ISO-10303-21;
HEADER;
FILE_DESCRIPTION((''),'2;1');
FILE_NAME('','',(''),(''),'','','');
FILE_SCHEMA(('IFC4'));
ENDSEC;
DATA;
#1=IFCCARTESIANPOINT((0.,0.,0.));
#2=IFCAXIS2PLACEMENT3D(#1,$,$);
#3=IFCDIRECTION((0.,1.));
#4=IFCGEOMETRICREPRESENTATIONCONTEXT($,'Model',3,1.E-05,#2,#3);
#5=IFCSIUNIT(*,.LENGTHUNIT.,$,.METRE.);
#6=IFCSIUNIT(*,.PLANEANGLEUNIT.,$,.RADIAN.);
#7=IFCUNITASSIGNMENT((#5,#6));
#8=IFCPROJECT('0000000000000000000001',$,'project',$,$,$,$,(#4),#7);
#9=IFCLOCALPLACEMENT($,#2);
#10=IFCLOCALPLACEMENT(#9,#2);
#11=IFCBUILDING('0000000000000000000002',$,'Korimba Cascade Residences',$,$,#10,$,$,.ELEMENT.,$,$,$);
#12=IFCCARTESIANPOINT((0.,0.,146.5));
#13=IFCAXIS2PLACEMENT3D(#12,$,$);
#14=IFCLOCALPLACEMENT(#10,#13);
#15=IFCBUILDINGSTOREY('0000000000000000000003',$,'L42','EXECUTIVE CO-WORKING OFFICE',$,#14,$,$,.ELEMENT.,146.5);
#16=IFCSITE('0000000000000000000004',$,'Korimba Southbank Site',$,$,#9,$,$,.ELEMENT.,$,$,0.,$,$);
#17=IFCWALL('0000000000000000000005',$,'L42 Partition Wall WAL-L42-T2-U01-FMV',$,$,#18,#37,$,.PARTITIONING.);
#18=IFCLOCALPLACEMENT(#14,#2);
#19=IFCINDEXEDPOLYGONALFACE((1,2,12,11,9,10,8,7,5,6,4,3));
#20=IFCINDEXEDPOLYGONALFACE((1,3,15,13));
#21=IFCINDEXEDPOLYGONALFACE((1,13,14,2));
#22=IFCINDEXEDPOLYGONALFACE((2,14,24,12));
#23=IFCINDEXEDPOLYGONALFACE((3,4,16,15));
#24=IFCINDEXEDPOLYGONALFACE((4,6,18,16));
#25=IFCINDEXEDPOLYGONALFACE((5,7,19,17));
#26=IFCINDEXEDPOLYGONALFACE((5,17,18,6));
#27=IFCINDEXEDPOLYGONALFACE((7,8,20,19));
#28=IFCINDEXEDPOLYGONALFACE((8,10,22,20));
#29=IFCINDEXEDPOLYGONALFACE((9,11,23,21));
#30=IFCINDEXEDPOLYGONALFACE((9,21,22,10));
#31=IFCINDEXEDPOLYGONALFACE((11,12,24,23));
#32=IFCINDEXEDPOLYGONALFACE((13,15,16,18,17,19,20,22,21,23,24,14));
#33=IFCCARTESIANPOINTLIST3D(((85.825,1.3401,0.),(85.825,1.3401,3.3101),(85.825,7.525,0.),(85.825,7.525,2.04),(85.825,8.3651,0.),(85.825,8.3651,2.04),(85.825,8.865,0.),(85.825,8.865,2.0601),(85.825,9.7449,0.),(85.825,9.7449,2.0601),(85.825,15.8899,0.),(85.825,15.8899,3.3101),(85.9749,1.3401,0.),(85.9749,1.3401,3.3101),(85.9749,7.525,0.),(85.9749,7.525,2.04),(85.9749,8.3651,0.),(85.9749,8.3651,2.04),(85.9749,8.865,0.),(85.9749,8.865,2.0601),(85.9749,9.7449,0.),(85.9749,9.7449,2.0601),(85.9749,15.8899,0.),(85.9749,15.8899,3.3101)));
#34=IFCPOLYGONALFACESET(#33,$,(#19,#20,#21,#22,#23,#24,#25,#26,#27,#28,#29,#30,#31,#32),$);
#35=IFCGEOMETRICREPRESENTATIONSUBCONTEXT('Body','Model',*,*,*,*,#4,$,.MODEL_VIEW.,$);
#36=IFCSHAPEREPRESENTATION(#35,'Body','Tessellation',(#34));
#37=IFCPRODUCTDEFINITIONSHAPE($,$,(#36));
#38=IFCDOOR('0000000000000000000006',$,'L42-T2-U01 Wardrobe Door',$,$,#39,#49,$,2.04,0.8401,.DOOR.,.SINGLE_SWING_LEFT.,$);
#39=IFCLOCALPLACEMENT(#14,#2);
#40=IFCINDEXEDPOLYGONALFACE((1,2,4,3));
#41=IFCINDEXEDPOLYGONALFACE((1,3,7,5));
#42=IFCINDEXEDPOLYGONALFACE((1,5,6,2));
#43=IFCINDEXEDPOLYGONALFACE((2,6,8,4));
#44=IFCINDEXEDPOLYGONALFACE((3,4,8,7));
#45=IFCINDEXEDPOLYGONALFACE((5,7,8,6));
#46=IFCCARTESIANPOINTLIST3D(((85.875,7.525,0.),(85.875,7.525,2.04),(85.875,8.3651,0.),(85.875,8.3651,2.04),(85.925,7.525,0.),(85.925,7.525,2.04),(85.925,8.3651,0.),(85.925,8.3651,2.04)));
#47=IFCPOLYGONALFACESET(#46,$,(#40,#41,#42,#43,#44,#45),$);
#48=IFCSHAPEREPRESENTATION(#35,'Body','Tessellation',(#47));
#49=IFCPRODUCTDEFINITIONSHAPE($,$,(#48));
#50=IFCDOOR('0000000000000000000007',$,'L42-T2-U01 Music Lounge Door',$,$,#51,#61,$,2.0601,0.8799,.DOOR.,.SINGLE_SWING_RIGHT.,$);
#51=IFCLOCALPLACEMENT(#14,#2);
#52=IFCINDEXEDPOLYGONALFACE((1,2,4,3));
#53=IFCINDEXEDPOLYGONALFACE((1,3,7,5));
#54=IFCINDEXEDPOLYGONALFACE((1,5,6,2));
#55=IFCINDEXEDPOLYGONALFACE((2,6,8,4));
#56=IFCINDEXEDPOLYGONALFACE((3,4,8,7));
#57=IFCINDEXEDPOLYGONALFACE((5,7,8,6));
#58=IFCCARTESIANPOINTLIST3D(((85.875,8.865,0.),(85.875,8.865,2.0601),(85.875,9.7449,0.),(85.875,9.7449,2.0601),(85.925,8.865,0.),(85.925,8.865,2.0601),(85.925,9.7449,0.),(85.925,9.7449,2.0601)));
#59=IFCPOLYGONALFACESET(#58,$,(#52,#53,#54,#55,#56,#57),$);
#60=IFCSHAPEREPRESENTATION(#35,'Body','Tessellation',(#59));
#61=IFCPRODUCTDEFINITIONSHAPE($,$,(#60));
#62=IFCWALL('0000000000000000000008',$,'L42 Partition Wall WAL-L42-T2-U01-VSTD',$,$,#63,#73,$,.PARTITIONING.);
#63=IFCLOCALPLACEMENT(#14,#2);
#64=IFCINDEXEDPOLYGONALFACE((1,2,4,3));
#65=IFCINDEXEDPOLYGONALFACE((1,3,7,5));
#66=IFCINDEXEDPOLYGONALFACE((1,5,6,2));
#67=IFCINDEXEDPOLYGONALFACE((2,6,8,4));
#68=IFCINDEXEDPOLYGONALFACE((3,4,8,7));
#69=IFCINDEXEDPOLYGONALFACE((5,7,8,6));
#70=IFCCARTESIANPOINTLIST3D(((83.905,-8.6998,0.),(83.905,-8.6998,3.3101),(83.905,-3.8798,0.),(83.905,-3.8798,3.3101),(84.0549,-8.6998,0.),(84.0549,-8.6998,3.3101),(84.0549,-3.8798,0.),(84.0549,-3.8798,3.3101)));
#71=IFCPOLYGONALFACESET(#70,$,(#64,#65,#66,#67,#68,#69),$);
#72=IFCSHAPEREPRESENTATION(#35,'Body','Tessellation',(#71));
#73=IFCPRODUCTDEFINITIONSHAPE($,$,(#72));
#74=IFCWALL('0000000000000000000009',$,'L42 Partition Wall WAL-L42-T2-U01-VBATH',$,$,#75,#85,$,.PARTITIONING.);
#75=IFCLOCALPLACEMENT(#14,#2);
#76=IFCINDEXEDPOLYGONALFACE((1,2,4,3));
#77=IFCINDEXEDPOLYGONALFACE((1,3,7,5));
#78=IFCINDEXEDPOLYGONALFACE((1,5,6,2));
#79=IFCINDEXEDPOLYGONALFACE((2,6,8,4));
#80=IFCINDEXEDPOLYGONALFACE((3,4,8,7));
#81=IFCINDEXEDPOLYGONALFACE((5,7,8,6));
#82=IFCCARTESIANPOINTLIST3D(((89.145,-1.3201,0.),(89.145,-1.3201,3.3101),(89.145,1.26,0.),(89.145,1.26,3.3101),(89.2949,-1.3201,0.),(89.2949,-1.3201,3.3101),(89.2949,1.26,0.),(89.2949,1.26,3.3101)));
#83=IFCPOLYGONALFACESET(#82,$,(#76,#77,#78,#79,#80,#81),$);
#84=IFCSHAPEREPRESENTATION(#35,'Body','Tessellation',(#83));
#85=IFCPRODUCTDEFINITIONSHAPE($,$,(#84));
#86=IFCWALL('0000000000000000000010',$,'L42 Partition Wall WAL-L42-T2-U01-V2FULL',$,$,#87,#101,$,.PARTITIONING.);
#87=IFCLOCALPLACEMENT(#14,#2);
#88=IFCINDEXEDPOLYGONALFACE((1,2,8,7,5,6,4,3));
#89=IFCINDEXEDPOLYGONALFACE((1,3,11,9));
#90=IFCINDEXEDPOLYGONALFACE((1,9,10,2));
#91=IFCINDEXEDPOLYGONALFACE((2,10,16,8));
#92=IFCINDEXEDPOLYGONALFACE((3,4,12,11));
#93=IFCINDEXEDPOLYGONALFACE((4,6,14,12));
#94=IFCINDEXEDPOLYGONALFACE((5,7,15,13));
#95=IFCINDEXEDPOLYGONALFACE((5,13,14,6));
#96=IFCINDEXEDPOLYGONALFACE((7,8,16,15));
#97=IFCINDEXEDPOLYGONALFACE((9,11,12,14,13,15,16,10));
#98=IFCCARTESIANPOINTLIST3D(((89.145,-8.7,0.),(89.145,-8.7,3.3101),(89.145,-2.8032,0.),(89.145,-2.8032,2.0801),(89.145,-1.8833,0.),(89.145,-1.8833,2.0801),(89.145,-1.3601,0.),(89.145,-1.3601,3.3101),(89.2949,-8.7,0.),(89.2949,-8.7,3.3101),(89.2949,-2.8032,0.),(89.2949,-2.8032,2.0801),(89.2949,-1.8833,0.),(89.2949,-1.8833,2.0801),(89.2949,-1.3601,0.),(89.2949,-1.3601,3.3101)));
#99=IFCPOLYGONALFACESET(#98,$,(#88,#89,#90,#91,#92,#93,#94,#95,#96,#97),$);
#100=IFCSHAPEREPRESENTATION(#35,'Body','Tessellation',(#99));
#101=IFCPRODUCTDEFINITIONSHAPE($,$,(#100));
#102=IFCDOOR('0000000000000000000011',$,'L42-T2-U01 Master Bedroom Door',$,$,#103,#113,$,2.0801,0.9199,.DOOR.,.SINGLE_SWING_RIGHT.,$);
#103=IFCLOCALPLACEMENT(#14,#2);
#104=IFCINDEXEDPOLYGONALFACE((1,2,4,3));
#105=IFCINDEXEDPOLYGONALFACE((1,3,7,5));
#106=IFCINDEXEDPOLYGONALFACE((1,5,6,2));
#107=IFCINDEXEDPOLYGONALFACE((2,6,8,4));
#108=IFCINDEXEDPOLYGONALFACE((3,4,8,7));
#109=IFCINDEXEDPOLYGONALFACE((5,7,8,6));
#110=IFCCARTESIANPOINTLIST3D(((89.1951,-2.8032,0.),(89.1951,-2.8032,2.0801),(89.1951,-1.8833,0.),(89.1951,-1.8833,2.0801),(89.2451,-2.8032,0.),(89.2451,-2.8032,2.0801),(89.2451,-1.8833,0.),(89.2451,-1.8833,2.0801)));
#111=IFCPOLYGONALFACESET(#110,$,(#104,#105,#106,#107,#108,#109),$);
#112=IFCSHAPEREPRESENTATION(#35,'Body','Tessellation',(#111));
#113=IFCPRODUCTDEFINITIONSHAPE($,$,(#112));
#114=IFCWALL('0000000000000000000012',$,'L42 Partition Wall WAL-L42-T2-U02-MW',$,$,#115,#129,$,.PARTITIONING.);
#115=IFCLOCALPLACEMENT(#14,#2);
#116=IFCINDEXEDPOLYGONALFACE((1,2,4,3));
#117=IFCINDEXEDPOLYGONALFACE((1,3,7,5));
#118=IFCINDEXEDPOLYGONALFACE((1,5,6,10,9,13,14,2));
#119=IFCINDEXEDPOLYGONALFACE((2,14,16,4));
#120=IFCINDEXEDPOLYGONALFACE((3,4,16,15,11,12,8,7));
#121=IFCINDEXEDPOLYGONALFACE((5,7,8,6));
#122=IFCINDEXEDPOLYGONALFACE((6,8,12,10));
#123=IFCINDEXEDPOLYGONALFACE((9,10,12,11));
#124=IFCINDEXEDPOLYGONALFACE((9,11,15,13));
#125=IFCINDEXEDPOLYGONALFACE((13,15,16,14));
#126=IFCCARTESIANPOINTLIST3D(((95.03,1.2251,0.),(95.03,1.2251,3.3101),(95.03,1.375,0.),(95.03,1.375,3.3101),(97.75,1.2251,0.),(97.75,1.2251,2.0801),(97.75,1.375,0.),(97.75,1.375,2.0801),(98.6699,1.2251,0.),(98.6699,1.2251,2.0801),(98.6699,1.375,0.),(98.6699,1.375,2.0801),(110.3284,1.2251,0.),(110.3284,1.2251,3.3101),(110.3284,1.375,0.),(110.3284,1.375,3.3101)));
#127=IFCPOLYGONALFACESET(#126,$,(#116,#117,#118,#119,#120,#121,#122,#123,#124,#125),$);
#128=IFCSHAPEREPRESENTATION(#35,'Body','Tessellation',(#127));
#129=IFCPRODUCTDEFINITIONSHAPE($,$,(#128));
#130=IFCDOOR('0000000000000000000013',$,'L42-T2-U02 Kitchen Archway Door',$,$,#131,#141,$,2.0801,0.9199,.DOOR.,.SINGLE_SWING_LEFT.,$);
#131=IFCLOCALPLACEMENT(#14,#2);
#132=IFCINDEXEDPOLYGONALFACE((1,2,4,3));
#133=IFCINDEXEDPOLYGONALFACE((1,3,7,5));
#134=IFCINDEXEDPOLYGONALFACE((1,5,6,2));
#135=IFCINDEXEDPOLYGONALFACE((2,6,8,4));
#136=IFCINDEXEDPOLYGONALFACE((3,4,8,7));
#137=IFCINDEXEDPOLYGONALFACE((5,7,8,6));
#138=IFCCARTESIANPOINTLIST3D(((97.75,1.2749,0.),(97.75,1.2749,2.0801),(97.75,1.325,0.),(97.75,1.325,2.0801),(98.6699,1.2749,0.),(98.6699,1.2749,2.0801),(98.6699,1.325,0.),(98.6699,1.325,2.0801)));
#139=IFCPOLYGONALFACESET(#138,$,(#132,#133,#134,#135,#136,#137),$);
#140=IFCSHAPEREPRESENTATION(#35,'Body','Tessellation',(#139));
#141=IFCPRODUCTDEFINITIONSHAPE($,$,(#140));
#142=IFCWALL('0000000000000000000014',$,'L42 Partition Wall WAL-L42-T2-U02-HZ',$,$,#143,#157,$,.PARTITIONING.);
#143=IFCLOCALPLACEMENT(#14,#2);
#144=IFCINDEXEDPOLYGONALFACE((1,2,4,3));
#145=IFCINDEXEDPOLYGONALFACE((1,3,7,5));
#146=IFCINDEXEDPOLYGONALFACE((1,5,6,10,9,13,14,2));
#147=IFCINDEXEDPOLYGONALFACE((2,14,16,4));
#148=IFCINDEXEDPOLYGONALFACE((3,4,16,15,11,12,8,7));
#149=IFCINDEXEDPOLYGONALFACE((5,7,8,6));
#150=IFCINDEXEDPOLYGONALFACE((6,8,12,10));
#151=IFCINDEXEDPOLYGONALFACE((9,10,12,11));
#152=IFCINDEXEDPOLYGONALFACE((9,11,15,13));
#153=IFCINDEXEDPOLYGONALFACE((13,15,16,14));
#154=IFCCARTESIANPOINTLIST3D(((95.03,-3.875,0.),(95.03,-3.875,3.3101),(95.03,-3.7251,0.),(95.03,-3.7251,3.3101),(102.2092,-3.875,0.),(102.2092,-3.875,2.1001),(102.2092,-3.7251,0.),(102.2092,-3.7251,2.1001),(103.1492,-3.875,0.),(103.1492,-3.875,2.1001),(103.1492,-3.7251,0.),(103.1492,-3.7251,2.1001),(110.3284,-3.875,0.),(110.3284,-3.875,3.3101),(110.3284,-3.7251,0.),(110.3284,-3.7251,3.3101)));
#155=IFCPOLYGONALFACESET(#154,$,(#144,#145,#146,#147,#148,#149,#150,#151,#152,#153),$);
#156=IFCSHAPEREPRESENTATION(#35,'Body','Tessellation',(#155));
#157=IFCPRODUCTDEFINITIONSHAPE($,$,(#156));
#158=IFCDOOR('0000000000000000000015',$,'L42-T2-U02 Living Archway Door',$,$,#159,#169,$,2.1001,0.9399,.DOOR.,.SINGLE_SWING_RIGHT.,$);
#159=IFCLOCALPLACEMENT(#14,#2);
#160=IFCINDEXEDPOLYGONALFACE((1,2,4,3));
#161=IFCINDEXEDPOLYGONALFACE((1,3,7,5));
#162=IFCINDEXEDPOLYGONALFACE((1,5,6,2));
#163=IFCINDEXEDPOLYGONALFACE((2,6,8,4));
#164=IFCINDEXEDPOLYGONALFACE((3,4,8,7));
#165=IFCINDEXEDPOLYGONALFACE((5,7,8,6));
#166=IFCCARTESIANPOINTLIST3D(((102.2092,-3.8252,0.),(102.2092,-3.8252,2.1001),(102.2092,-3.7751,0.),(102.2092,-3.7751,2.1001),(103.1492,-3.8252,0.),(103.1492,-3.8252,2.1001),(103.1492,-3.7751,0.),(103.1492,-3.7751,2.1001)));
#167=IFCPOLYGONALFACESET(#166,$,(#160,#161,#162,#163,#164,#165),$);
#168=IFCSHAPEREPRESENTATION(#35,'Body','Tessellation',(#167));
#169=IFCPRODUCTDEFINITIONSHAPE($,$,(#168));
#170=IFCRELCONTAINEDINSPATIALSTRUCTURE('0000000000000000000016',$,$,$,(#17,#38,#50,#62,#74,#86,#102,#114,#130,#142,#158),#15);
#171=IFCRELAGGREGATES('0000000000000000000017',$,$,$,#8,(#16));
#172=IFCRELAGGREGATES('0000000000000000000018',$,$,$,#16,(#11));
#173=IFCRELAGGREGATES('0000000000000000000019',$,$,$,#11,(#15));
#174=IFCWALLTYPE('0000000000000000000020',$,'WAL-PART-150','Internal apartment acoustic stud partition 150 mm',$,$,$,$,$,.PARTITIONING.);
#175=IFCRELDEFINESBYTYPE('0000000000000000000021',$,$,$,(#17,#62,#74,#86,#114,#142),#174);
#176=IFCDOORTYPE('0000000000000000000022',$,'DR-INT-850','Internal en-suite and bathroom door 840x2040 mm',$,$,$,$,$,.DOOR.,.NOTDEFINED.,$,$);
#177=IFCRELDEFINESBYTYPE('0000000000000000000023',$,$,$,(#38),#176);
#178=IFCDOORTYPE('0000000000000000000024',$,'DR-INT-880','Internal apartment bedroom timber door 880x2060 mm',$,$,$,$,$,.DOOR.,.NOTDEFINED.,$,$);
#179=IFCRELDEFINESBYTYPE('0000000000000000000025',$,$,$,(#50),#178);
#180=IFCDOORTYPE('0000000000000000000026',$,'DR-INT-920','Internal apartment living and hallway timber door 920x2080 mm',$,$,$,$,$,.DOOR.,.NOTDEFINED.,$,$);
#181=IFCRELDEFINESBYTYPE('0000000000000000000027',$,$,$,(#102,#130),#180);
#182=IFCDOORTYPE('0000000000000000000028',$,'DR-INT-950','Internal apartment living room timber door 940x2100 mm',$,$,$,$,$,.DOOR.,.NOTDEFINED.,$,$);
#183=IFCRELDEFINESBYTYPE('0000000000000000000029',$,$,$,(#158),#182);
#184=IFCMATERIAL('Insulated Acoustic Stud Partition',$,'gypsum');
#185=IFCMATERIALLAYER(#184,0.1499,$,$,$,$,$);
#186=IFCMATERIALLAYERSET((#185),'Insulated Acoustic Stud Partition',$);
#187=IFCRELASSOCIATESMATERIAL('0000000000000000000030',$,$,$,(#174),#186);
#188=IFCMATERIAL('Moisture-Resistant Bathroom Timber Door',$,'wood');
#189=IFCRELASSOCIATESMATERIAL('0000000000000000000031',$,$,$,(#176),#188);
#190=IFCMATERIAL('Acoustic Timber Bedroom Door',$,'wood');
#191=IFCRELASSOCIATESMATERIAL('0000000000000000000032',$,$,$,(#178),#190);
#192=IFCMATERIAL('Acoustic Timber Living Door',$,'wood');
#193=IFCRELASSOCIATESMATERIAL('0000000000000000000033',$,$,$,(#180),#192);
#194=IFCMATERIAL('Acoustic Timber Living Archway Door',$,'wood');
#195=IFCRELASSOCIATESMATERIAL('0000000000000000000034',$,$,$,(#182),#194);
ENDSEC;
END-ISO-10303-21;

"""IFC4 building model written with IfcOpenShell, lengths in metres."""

from ifc_helpers import new_model, si_unit, direction, frame, frame_2d, origin, place, context, subcontext, project, spatial, rectangle, extrude, material, layer, layer_set, type_object, element, fill, save


model = new_model("IFC4")

# Units and contexts
model_context = context("Model", 3, precision=1e-05, world=origin(), true_north=direction((0.0, 1.0)))
body_context = subcontext(model_context, "Body", "Model", "MODEL_VIEW")
ifc_project = project(units=[si_unit("LENGTHUNIT", "METRE"), si_unit("PLANEANGLEUNIT", "RADIAN")], contexts=[model_context])

# Site, building, storey
site_placement = place(None, origin())
site = spatial("IfcSite", under=ifc_project, at=site_placement, Name="Korimba Southbank Site", CompositionType="ELEMENT", RefElevation=0.0)
building_placement = place(site_placement, origin())
building = spatial("IfcBuilding", under=site, at=building_placement, Name="Korimba Cascade Residences", CompositionType="ELEMENT")
storey_placement = place(building_placement, frame((0.0, 0.0, 146.5)))
storey = spatial("IfcBuildingStorey", under=building, at=storey_placement, Name="L42", Description="EXECUTIVE CO-WORKING OFFICE", CompositionType="ELEMENT", Elevation=146.5)

# Wall, openings, doors
ifc_material_1 = material(Name="Insulated Acoustic Stud Partition", Category="gypsum")
ifc_layer_1 = layer(ifc_material_1, 0.1499)
ifc_layer_set_1 = layer_set([ifc_layer_1], Name="Insulated Acoustic Stud Partition")
wall_type_1 = type_object("IfcWallType", Name="WAL-PART-150", Description="Internal apartment acoustic stud partition 150 mm", PredefinedType="PARTITIONING", material=ifc_layer_set_1)
wall_1_placement = place(storey_placement, frame((85.8999, 1.3401, 0.0), z_axis=(0.0, 0.0, 1.0), x_axis=(0.0, 1.0, 0.0)))
wall_1 = element("IfcWall", 1, at=wall_1_placement, inside=storey, type_object=wall_type_1, Name="L42 Partition Wall WAL-L42-T2-U01-FMV", PredefinedType="PARTITIONING", context=body_context, shape_type="SweptSolid", body=[
    extrude(rectangle(XDim=14.5498, YDim=0.1499, at=frame_2d((7.2749, 0.0))), origin(), (0.0, 0.0, 1.0), 3.3101),
])
opening_1_placement = place(wall_1_placement, frame((6.1851, 0.0, 0.0)))
opening_1 = element("IfcOpeningElement", 2, at=opening_1_placement, cuts=wall_1, PredefinedType="OPENING", context=body_context, shape_type="SweptSolid", body=[
    extrude(rectangle(XDim=0.8401, YDim=2.04, at=frame_2d((0.4199, 1.02))), frame((0.0, 0.085, 0.0), z_axis=(0.0, -1.0, 0.0), x_axis=(1.0, 0.0, 0.0)), (0.0, 0.0, 1.0), 0.1699),
])
opening_2_placement = place(wall_1_placement, frame((7.5249, 0.0, 0.0)))
opening_2 = element("IfcOpeningElement", 3, at=opening_2_placement, cuts=wall_1, PredefinedType="OPENING", context=body_context, shape_type="SweptSolid", body=[
    extrude(rectangle(XDim=0.8799, YDim=2.0601, at=frame_2d((0.4399, 1.03))), frame((0.0, 0.085, 0.0), z_axis=(0.0, -1.0, 0.0), x_axis=(1.0, 0.0, 0.0)), (0.0, 0.0, 1.0), 0.1699),
])
ifc_material_2 = material(Name="Moisture-Resistant Bathroom Timber Door", Category="wood")
door_type_1 = type_object("IfcDoorType", Name="DR-INT-850", Description="Internal en-suite and bathroom door 840x2040 mm", OperationType="NOTDEFINED", PredefinedType="DOOR", material=ifc_material_2)
door_1_placement = place(opening_1_placement, origin())
door_1 = element("IfcDoor", 4, at=door_1_placement, inside=storey, type_object=door_type_1, Name="L42-T2-U01 Wardrobe Door", OperationType="SINGLE_SWING_LEFT", OverallHeight=2.04, OverallWidth=0.8401, PredefinedType="DOOR", context=body_context, shape_type="SweptSolid", body=[
    extrude(rectangle(XDim=0.8401, YDim=2.04, at=frame_2d((0.4199, 1.02))), frame((0.0, 0.0249, 0.0), z_axis=(0.0, -1.0, 0.0), x_axis=(1.0, 0.0, 0.0)), (0.0, 0.0, 1.0), 0.05),
])
fill(opening_1, door_1)
ifc_material_3 = material(Name="Acoustic Timber Bedroom Door", Category="wood")
door_type_2 = type_object("IfcDoorType", Name="DR-INT-880", Description="Internal apartment bedroom timber door 880x2060 mm", OperationType="NOTDEFINED", PredefinedType="DOOR", material=ifc_material_3)
door_2_placement = place(opening_2_placement, origin())
door_2 = element("IfcDoor", 5, at=door_2_placement, inside=storey, type_object=door_type_2, Name="L42-T2-U01 Music Lounge Door", OperationType="SINGLE_SWING_RIGHT", OverallHeight=2.0601, OverallWidth=0.8799, PredefinedType="DOOR", context=body_context, shape_type="SweptSolid", body=[
    extrude(rectangle(XDim=0.8799, YDim=2.0601, at=frame_2d((0.4399, 1.03))), frame((0.0, 0.0249, 0.0), z_axis=(0.0, -1.0, 0.0), x_axis=(1.0, 0.0, 0.0)), (0.0, 0.0, 1.0), 0.05),
])
fill(opening_2, door_2)

# Walls
wall_2_placement = place(storey_placement, frame((83.98, -8.7, 0.0), z_axis=(0.0, 0.0, 1.0), x_axis=(0.0, 1.0, 0.0)))
element("IfcWall", 6, at=wall_2_placement, inside=storey, type_object=wall_type_1, Name="L42 Partition Wall WAL-L42-T2-U01-VSTD", PredefinedType="PARTITIONING", context=body_context, shape_type="SweptSolid", body=[
    extrude(rectangle(XDim=4.8201, YDim=0.1499, at=frame_2d((2.4102, 0.0))), origin(), (0.0, 0.0, 1.0), 3.3101),
])
wall_3_placement = place(storey_placement, frame((89.22, -1.3201, 0.0), z_axis=(0.0, 0.0, 1.0), x_axis=(0.0, 1.0, 0.0)))
element("IfcWall", 7, at=wall_3_placement, inside=storey, type_object=wall_type_1, Name="L42 Partition Wall WAL-L42-T2-U01-VBATH", PredefinedType="PARTITIONING", context=body_context, shape_type="SweptSolid", body=[
    extrude(rectangle(XDim=2.5801, YDim=0.1499, at=frame_2d((1.29, 0.0))), origin(), (0.0, 0.0, 1.0), 3.3101),
])

# Walls, openings, doors
wall_4_placement = place(storey_placement, frame((89.22, -8.7, 0.0), z_axis=(0.0, 0.0, 1.0), x_axis=(0.0, 1.0, 0.0)))
wall_4 = element("IfcWall", 8, at=wall_4_placement, inside=storey, type_object=wall_type_1, Name="L42 Partition Wall WAL-L42-T2-U01-V2FULL", PredefinedType="PARTITIONING", context=body_context, shape_type="SweptSolid", body=[
    extrude(rectangle(XDim=7.3398, YDim=0.1499, at=frame_2d((3.6699, 0.0))), origin(), (0.0, 0.0, 1.0), 3.3101),
])
opening_3_placement = place(wall_4_placement, frame((5.8967, 0.0, 0.0)))
opening_3 = element("IfcOpeningElement", 9, at=opening_3_placement, cuts=wall_4, PredefinedType="OPENING", context=body_context, shape_type="SweptSolid", body=[
    extrude(rectangle(XDim=0.9199, YDim=2.0801, at=frame_2d((0.46, 1.04))), frame((0.0, 0.085, 0.0), z_axis=(0.0, -1.0, 0.0), x_axis=(1.0, 0.0, 0.0)), (0.0, 0.0, 1.0), 0.1699),
])
ifc_material_4 = material(Name="Acoustic Timber Living Door", Category="wood")
door_type_3 = type_object("IfcDoorType", Name="DR-INT-920", Description="Internal apartment living and hallway timber door 920x2080 mm", OperationType="NOTDEFINED", PredefinedType="DOOR", material=ifc_material_4)
door_3_placement = place(opening_3_placement, origin())
door_3 = element("IfcDoor", 10, at=door_3_placement, inside=storey, type_object=door_type_3, Name="L42-T2-U01 Master Bedroom Door", OperationType="SINGLE_SWING_RIGHT", OverallHeight=2.0801, OverallWidth=0.9199, PredefinedType="DOOR", context=body_context, shape_type="SweptSolid", body=[
    extrude(rectangle(XDim=0.9199, YDim=2.0801, at=frame_2d((0.46, 1.04))), frame((0.0, 0.0249, 0.0), z_axis=(0.0, -1.0, 0.0), x_axis=(1.0, 0.0, 0.0)), (0.0, 0.0, 1.0), 0.05),
])
fill(opening_3, door_3)
wall_5_placement = place(storey_placement, frame((95.03, 1.3, 0.0), z_axis=(0.0, 0.0, 1.0), x_axis=(1.0, 0.0, 0.0)))
wall_5 = element("IfcWall", 11, at=wall_5_placement, inside=storey, type_object=wall_type_1, Name="L42 Partition Wall WAL-L42-T2-U02-MW", PredefinedType="PARTITIONING", context=body_context, shape_type="SweptSolid", body=[
    extrude(rectangle(XDim=15.2983, YDim=0.1499, at=frame_2d((7.6492, 0.0))), origin(), (0.0, 0.0, 1.0), 3.3101),
])
opening_4_placement = place(wall_5_placement, frame((2.72, 0.0, 0.0)))
opening_4 = element("IfcOpeningElement", 12, at=opening_4_placement, cuts=wall_5, PredefinedType="OPENING", context=body_context, shape_type="SweptSolid", body=[
    extrude(rectangle(XDim=0.9199, YDim=2.0801, at=frame_2d((0.46, 1.04))), frame((0.0, 0.085, 0.0), z_axis=(0.0, -1.0, 0.0), x_axis=(1.0, 0.0, 0.0)), (0.0, 0.0, 1.0), 0.1699),
])
door_4_placement = place(opening_4_placement, origin())
door_4 = element("IfcDoor", 13, at=door_4_placement, inside=storey, type_object=door_type_3, Name="L42-T2-U02 Kitchen Archway Door", OperationType="SINGLE_SWING_LEFT", OverallHeight=2.0801, OverallWidth=0.9199, PredefinedType="DOOR", context=body_context, shape_type="SweptSolid", body=[
    extrude(rectangle(XDim=0.9199, YDim=2.0801, at=frame_2d((0.46, 1.04))), frame((0.0, 0.0249, 0.0), z_axis=(0.0, -1.0, 0.0), x_axis=(1.0, 0.0, 0.0)), (0.0, 0.0, 1.0), 0.05),
])
fill(opening_4, door_4)
wall_6_placement = place(storey_placement, frame((95.03, -3.8, 0.0), z_axis=(0.0, 0.0, 1.0), x_axis=(1.0, 0.0, 0.0)))
wall_6 = element("IfcWall", 14, at=wall_6_placement, inside=storey, type_object=wall_type_1, Name="L42 Partition Wall WAL-L42-T2-U02-HZ", PredefinedType="PARTITIONING", context=body_context, shape_type="SweptSolid", body=[
    extrude(rectangle(XDim=15.2983, YDim=0.1499, at=frame_2d((7.6492, 0.0))), origin(), (0.0, 0.0, 1.0), 3.3101),
])
opening_5_placement = place(wall_6_placement, frame((7.1792, 0.0, 0.0)))
opening_5 = element("IfcOpeningElement", 15, at=opening_5_placement, cuts=wall_6, PredefinedType="OPENING", context=body_context, shape_type="SweptSolid", body=[
    extrude(rectangle(XDim=0.9399, YDim=2.1001, at=frame_2d((0.47, 1.05))), frame((0.0, 0.085, 0.0), z_axis=(0.0, -1.0, 0.0), x_axis=(1.0, 0.0, 0.0)), (0.0, 0.0, 1.0), 0.1699),
])
ifc_material_5 = material(Name="Acoustic Timber Living Archway Door", Category="wood")
door_type_4 = type_object("IfcDoorType", Name="DR-INT-950", Description="Internal apartment living room timber door 940x2100 mm", OperationType="NOTDEFINED", PredefinedType="DOOR", material=ifc_material_5)
door_5_placement = place(opening_5_placement, origin())
door_5 = element("IfcDoor", 16, at=door_5_placement, inside=storey, type_object=door_type_4, Name="L42-T2-U02 Living Archway Door", OperationType="SINGLE_SWING_RIGHT", OverallHeight=2.1001, OverallWidth=0.9399, PredefinedType="DOOR", context=body_context, shape_type="SweptSolid", body=[
    extrude(rectangle(XDim=0.9399, YDim=2.1001, at=frame_2d((0.47, 1.05))), frame((0.0, 0.0249, 0.0), z_axis=(0.0, -1.0, 0.0), x_axis=(1.0, 0.0, 0.0)), (0.0, 0.0, 1.0), 0.05),
])
fill(opening_5, door_5)

save(model, "model.ifc")
